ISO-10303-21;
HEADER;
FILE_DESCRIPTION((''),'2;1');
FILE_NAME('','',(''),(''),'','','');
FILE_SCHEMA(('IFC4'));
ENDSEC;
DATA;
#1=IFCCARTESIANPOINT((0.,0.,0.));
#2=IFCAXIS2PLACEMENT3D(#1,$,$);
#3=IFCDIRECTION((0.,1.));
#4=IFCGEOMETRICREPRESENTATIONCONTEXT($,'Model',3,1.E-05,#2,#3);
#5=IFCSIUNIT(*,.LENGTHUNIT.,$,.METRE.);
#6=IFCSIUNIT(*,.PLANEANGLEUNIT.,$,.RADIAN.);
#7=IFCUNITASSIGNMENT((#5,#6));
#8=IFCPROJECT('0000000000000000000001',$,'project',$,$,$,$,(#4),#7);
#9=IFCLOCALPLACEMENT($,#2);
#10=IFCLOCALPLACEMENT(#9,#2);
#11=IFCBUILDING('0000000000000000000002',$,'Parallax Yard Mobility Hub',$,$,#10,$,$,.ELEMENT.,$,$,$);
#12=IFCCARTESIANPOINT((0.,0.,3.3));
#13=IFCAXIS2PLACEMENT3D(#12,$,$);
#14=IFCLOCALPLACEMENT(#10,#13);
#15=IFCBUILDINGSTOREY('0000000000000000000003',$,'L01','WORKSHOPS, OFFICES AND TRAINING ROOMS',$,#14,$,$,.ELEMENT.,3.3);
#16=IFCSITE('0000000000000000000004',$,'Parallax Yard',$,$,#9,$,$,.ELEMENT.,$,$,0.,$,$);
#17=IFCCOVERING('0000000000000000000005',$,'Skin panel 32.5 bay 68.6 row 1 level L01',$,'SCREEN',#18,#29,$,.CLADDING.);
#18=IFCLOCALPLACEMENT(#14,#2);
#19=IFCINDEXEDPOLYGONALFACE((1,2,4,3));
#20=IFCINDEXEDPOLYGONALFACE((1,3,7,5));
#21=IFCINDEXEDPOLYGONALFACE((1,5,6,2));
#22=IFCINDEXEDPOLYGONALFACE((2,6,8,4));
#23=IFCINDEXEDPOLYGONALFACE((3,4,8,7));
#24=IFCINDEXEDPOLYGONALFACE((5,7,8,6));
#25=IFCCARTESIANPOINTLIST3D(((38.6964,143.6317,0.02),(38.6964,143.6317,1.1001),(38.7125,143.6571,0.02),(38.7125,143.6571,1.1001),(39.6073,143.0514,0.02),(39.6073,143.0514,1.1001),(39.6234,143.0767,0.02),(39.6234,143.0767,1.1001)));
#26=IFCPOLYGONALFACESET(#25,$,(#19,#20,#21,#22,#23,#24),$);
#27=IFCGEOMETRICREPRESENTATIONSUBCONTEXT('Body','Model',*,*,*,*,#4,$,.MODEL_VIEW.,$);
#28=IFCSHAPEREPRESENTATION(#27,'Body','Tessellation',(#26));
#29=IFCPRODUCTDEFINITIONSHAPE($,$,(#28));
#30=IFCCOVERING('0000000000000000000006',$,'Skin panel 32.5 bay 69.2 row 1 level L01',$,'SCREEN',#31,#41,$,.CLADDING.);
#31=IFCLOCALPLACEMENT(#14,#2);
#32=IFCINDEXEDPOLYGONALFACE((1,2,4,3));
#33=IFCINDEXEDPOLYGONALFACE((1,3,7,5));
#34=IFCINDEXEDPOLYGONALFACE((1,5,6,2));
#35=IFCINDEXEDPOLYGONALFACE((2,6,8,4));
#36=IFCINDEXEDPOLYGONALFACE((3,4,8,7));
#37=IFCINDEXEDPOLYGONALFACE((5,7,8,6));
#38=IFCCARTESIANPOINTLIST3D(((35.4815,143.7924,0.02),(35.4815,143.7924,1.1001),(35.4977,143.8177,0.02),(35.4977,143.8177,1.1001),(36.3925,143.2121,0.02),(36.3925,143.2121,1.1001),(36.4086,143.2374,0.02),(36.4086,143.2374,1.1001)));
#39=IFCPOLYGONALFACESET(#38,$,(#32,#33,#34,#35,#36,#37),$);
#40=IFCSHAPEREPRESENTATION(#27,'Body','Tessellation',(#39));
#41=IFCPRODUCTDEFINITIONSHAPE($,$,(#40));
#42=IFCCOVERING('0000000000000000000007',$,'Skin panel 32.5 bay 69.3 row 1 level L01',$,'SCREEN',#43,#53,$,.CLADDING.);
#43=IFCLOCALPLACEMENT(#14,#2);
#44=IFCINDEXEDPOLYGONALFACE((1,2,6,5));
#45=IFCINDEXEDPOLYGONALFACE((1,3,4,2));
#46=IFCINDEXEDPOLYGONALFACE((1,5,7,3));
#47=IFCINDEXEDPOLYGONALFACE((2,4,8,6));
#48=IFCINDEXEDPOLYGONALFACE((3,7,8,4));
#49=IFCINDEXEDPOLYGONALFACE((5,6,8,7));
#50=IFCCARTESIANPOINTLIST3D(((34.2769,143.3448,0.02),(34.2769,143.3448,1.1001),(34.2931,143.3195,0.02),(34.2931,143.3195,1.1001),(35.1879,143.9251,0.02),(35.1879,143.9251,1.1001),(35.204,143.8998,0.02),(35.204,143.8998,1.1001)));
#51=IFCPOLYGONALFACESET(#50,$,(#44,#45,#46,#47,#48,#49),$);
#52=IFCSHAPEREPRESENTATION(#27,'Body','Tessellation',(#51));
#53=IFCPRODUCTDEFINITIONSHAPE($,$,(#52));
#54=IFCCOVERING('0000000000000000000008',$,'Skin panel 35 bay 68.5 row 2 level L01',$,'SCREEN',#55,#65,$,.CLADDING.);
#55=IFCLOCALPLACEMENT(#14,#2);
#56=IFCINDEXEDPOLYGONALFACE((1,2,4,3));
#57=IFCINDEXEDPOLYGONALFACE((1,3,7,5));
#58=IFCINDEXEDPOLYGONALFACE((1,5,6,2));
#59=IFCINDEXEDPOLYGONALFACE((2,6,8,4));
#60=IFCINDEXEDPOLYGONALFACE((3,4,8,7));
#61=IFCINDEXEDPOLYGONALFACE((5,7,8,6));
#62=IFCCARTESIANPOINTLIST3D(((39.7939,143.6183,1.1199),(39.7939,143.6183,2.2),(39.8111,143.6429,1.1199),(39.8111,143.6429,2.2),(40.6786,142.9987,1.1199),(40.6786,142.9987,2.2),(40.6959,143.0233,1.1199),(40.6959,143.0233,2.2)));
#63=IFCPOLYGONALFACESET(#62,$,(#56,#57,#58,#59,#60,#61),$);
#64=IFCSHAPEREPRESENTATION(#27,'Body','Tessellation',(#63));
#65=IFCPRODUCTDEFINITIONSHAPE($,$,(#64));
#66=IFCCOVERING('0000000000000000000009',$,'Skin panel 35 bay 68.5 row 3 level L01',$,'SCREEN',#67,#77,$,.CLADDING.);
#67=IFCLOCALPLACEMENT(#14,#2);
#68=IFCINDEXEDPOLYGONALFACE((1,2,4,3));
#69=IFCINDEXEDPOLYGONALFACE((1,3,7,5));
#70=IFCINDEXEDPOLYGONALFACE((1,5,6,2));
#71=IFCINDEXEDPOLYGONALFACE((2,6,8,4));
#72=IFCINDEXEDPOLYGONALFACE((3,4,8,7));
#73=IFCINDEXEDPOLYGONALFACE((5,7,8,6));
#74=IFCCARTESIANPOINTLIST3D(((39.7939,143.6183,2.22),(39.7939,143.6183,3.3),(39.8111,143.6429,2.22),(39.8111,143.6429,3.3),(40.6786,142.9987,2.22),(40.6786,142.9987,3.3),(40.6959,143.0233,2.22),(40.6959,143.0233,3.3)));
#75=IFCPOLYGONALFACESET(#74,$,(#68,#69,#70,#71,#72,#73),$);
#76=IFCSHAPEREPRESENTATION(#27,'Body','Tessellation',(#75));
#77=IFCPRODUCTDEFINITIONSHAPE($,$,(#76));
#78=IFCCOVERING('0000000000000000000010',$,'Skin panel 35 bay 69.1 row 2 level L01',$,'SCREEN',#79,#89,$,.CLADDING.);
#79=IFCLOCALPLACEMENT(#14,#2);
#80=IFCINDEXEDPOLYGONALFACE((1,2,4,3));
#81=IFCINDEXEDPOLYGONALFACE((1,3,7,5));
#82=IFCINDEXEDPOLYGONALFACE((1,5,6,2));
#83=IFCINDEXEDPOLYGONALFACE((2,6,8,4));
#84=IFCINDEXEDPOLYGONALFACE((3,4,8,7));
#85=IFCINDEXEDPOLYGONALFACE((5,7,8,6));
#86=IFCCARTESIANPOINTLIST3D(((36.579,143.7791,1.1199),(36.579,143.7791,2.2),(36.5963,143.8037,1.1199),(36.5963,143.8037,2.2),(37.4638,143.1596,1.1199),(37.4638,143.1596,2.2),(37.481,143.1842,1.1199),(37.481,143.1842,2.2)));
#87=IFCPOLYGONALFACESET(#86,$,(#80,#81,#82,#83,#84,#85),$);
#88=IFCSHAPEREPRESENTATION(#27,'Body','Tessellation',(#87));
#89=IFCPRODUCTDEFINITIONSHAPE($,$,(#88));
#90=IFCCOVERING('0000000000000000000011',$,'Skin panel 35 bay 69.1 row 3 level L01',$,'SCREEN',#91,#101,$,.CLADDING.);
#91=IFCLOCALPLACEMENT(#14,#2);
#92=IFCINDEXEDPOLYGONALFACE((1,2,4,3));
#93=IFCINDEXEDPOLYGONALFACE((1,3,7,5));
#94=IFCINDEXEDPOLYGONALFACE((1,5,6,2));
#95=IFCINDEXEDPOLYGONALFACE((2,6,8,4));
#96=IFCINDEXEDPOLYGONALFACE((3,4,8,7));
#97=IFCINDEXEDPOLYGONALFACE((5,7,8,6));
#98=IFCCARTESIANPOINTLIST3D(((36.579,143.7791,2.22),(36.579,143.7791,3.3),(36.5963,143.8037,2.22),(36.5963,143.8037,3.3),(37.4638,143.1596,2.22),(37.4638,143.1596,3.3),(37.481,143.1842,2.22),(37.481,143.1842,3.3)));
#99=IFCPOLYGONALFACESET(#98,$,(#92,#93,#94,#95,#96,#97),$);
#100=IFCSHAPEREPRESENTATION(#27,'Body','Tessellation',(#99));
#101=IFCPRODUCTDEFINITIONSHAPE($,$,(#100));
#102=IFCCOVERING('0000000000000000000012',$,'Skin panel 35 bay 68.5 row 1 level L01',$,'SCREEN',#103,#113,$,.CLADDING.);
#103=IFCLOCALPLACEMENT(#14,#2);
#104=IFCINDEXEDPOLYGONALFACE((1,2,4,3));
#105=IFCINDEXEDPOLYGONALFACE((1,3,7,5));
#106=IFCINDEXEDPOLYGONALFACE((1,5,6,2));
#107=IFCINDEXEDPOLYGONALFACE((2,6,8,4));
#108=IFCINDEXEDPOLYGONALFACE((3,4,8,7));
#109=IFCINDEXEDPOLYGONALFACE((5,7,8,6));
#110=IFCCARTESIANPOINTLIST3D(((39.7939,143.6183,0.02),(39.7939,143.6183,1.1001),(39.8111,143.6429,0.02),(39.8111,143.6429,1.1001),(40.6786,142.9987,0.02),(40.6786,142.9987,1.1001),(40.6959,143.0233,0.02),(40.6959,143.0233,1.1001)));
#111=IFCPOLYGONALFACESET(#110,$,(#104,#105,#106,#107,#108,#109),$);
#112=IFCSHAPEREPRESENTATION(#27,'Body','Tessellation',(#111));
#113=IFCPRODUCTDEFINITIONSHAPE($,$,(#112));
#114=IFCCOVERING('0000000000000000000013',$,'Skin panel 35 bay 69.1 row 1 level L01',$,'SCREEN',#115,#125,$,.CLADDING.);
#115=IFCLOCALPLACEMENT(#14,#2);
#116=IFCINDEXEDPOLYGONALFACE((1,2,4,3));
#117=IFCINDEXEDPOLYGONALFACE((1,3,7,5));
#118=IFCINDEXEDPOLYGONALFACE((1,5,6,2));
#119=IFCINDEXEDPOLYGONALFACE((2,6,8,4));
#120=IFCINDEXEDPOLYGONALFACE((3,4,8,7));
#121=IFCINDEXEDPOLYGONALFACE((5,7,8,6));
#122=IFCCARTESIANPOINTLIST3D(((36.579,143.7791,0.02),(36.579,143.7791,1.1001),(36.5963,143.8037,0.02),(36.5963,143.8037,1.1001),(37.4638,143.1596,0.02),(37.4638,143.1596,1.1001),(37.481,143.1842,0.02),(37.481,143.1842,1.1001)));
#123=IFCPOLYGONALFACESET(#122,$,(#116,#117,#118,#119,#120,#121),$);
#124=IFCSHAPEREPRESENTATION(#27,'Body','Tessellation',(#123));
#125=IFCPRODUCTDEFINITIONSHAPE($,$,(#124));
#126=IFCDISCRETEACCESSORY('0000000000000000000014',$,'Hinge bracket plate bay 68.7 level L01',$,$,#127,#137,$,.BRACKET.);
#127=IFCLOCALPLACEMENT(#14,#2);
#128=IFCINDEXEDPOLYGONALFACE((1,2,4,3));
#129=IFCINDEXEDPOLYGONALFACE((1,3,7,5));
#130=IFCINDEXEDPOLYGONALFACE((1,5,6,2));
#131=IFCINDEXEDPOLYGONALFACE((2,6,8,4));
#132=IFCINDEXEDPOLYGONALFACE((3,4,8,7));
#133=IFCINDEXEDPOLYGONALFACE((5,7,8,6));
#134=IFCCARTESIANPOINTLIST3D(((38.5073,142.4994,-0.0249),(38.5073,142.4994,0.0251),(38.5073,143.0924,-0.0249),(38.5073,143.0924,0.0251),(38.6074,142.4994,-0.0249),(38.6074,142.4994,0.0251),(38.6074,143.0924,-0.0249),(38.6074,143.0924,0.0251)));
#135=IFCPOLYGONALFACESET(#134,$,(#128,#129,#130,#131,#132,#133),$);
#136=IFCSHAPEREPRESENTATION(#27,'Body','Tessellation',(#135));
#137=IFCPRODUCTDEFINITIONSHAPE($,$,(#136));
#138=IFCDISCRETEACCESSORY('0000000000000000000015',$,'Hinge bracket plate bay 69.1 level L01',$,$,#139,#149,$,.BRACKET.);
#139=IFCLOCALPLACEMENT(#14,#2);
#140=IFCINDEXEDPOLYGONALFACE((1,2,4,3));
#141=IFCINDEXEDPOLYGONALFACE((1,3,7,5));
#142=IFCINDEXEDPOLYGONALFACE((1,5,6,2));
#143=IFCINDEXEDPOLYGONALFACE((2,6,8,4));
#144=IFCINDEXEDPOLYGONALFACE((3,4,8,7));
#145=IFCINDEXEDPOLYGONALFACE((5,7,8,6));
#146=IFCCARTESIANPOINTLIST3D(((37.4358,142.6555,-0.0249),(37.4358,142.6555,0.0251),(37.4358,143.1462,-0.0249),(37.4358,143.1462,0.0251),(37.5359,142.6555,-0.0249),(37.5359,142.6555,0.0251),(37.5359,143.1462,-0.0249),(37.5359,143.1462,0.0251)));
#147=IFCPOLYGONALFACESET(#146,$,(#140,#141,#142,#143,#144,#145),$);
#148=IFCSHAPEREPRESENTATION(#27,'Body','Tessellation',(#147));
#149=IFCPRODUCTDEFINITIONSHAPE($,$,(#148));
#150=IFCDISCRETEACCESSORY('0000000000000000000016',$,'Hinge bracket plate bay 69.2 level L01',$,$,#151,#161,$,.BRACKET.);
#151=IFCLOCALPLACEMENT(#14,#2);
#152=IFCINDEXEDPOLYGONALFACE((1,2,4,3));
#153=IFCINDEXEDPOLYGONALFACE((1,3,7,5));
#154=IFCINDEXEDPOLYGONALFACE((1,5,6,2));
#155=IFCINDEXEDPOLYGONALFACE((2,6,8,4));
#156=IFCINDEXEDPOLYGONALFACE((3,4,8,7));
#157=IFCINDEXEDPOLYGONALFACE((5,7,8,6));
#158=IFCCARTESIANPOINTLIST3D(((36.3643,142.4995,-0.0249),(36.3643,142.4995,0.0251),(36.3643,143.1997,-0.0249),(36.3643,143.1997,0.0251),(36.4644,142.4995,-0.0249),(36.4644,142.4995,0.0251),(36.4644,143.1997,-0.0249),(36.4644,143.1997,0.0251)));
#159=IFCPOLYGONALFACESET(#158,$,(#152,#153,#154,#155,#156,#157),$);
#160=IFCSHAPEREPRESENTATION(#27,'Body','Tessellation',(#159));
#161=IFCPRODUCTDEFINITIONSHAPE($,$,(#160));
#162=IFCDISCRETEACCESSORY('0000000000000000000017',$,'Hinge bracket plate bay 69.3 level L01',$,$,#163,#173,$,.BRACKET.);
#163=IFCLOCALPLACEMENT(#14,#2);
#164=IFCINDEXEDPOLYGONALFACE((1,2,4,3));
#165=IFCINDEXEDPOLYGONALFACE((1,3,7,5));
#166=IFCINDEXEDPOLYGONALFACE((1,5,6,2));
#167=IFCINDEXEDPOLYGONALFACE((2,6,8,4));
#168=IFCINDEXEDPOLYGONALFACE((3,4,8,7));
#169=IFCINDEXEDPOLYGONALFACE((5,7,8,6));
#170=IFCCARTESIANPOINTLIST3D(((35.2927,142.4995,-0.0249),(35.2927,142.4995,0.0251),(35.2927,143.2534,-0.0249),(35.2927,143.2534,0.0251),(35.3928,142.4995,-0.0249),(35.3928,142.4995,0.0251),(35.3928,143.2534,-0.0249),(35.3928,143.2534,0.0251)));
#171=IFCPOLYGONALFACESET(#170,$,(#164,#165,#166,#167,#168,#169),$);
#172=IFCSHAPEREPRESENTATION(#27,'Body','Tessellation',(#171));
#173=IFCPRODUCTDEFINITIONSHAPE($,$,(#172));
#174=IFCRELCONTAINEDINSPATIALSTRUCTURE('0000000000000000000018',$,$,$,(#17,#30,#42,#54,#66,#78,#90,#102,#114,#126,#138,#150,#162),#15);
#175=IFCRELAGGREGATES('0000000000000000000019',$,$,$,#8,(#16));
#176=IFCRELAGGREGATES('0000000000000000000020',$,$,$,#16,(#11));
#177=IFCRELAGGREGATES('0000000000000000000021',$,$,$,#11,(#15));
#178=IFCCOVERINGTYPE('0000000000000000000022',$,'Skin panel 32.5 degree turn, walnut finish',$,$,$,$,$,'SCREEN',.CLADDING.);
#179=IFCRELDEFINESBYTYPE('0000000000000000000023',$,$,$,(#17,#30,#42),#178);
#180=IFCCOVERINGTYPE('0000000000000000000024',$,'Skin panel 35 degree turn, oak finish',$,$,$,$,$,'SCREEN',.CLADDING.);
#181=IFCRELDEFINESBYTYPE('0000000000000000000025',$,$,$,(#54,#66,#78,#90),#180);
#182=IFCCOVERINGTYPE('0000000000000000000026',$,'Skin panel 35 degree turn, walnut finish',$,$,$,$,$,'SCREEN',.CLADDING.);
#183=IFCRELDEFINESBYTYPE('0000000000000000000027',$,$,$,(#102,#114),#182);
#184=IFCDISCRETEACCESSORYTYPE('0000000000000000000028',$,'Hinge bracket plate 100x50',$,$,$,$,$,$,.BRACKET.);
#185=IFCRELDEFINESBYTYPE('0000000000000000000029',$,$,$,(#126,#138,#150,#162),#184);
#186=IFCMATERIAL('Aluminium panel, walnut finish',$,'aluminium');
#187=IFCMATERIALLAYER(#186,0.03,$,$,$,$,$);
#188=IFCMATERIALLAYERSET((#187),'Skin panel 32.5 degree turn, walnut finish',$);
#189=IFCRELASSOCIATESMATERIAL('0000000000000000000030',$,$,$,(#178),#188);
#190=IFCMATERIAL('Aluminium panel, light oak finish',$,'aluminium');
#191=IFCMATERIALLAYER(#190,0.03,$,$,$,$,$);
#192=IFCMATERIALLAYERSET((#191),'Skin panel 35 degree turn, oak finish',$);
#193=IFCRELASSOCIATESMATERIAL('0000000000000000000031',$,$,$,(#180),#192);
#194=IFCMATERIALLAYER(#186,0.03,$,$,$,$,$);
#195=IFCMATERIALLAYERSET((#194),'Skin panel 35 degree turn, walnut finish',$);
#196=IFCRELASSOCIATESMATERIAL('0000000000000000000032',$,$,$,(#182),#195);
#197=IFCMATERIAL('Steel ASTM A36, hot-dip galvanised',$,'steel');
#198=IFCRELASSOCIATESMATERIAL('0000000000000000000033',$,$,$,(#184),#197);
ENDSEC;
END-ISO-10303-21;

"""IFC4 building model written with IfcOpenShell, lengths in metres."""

from ifc_helpers import new_model, si_unit, direction, frame, origin, origin_2d, place, context, subcontext, project, spatial, rectangle, extrude, material, layer, layer_set, type_object, element, save


model = new_model("IFC4")

# Units and contexts
model_context = context("Model", 3, precision=1e-05, world=origin(), true_north=direction((0.0, 1.0)))
body_context = subcontext(model_context, "Body", "Model", "MODEL_VIEW")
ifc_project = project(units=[si_unit("LENGTHUNIT", "METRE"), si_unit("PLANEANGLEUNIT", "RADIAN")], contexts=[model_context])

# Site, building, storey
site_placement = place(None, origin())
site = spatial("IfcSite", under=ifc_project, at=site_placement, Name="Parallax Yard", CompositionType="ELEMENT", RefElevation=0.0)
building_placement = place(site_placement, origin())
building = spatial("IfcBuilding", under=site, at=building_placement, Name="Parallax Yard Mobility Hub", CompositionType="ELEMENT")
storey_placement = place(building_placement, frame((0.0, 0.0, 3.3)))
storey = spatial("IfcBuildingStorey", under=building, at=storey_placement, Name="L01", Description="WORKSHOPS, OFFICES AND TRAINING ROOMS", CompositionType="ELEMENT", Elevation=3.3)

# Coverings
ifc_material_1 = material(Name="Aluminium panel, light oak finish", Category="aluminium")
ifc_material_2 = material(Name="Aluminium panel, walnut finish", Category="aluminium")
ifc_layer_1 = layer(ifc_material_2, 0.03)
ifc_layer_set_1 = layer_set([ifc_layer_1], Name="Skin panel 32.5 degree turn, walnut finish")
covering_type_1 = type_object("IfcCoveringType", Name="Skin panel 32.5 degree turn, walnut finish", ElementType="SCREEN", PredefinedType="CLADDING", material=ifc_layer_set_1)
for number, where, z_axis, x_axis, name in (
    (1, (39.1599, 143.3542, 0.02), (0.0, 0.0, 1.0), (-0.843391, 0.5373, 0.0), "Skin panel 32.5 bay 68.6 row 1 level L01"),
    (2, (35.9451, 143.5149, 0.02), (0.0, 0.0, 1.0), (-0.843391, 0.5373, 0.0), "Skin panel 32.5 bay 69.2 row 1 level L01"),
    (3, (34.7405, 143.6223, 0.02), (0.0, 0.0, 1.0), (0.843391, 0.5373, 0.0), "Skin panel 32.5 bay 69.3 row 1 level L01"),
):
    element("IfcCovering", number, at=place(storey_placement, frame(where, z_axis=z_axis, x_axis=x_axis)), inside=storey, type_object=covering_type_1, Name=name, ObjectType="SCREEN", PredefinedType="CLADDING", context=body_context, shape_type="SweptSolid", body=[
        extrude(rectangle(XDim=1.0801, YDim=0.03, at=origin_2d()), origin(), (0.0, 0.0, 1.0), 1.0801),
    ])
ifc_layer_2 = layer(ifc_material_1, 0.03)
ifc_layer_set_2 = layer_set([ifc_layer_2], Name="Skin panel 35 degree turn, oak finish")
covering_type_2 = type_object("IfcCoveringType", Name="Skin panel 35 degree turn, oak finish", ElementType="SCREEN", PredefinedType="CLADDING", material=ifc_layer_set_2)
for number, where, z_axis, x_axis, name in (
    (4, (40.2449, 143.3208, 1.1199), (0.0, 0.0, 1.0), (-0.819152, 0.573576, 0.0), "Skin panel 35 bay 68.5 row 2 level L01"),
    (5, (40.2449, 143.3208, 2.22), (0.0, 0.0, 1.0), (-0.819152, 0.573576, 0.0), "Skin panel 35 bay 68.5 row 3 level L01"),
    (6, (37.03, 143.4817, 1.1199), (0.0, 0.0, 1.0), (-0.819152, 0.573576, 0.0), "Skin panel 35 bay 69.1 row 2 level L01"),
    (7, (37.03, 143.4817, 2.22), (0.0, 0.0, 1.0), (-0.819152, 0.573576, 0.0), "Skin panel 35 bay 69.1 row 3 level L01"),
):
    element("IfcCovering", number, at=place(storey_placement, frame(where, z_axis=z_axis, x_axis=x_axis)), inside=storey, type_object=covering_type_2, Name=name, ObjectType="SCREEN", PredefinedType="CLADDING", context=body_context, shape_type="SweptSolid", body=[
        extrude(rectangle(XDim=1.0801, YDim=0.03, at=origin_2d()), origin(), (0.0, 0.0, 1.0), 1.0801),
    ])
ifc_layer_3 = layer(ifc_material_2, 0.03)
ifc_layer_set_3 = layer_set([ifc_layer_3], Name="Skin panel 35 degree turn, walnut finish")
covering_type_3 = type_object("IfcCoveringType", Name="Skin panel 35 degree turn, walnut finish", ElementType="SCREEN", PredefinedType="CLADDING", material=ifc_layer_set_3)
for number, where, z_axis, x_axis, name in (
    (8, (40.2449, 143.3208, 0.02), (0.0, 0.0, 1.0), (-0.819152, 0.573576, 0.0), "Skin panel 35 bay 68.5 row 1 level L01"),
    (9, (37.03, 143.4817, 0.02), (0.0, 0.0, 1.0), (-0.819152, 0.573576, 0.0), "Skin panel 35 bay 69.1 row 1 level L01"),
):
    element("IfcCovering", number, at=place(storey_placement, frame(where, z_axis=z_axis, x_axis=x_axis)), inside=storey, type_object=covering_type_3, Name=name, ObjectType="SCREEN", PredefinedType="CLADDING", context=body_context, shape_type="SweptSolid", body=[
        extrude(rectangle(XDim=1.0801, YDim=0.03, at=origin_2d()), origin(), (0.0, 0.0, 1.0), 1.0801),
    ])

# Discrete accessories
ifc_material_3 = material(Name="Steel ASTM A36, hot-dip galvanised", Category="steel")
discrete_accessory_type_1 = type_object("IfcDiscreteAccessoryType", Name="Hinge bracket plate 100x50", PredefinedType="BRACKET", material=ifc_material_3)
discrete_accessory_1_placement = place(storey_placement, frame((38.5574, 142.7959, -0.0249), z_axis=(0.0, 0.0, 1.0), x_axis=(0.0, 1.0, 0.0)))
element("IfcDiscreteAccessory", 10, at=discrete_accessory_1_placement, inside=storey, type_object=discrete_accessory_type_1, Name="Hinge bracket plate bay 68.7 level L01", PredefinedType="BRACKET", context=body_context, shape_type="SweptSolid", body=[
    extrude(rectangle(XDim=0.593, YDim=0.1001, at=origin_2d()), origin(), (0.0, 0.0, 1.0), 0.05),
])
discrete_accessory_2_placement = place(storey_placement, frame((37.4858, 142.9009, -0.0249), z_axis=(0.0, 0.0, 1.0), x_axis=(0.0, 1.0, 0.0)))
element("IfcDiscreteAccessory", 11, at=discrete_accessory_2_placement, inside=storey, type_object=discrete_accessory_type_1, Name="Hinge bracket plate bay 69.1 level L01", PredefinedType="BRACKET", context=body_context, shape_type="SweptSolid", body=[
    extrude(rectangle(XDim=0.4907, YDim=0.1001, at=origin_2d()), origin(), (0.0, 0.0, 1.0), 0.05),
])
discrete_accessory_3_placement = place(storey_placement, frame((36.4143, 142.8496, -0.0249), z_axis=(0.0, 0.0, 1.0), x_axis=(0.0, 1.0, 0.0)))
element("IfcDiscreteAccessory", 12, at=discrete_accessory_3_placement, inside=storey, type_object=discrete_accessory_type_1, Name="Hinge bracket plate bay 69.2 level L01", PredefinedType="BRACKET", context=body_context, shape_type="SweptSolid", body=[
    extrude(rectangle(XDim=0.7002, YDim=0.1001, at=origin_2d()), origin(), (0.0, 0.0, 1.0), 0.05),
])
discrete_accessory_4_placement = place(storey_placement, frame((35.3428, 142.8765, -0.0249), z_axis=(0.0, 0.0, 1.0), x_axis=(0.0, 1.0, 0.0)))
element("IfcDiscreteAccessory", 13, at=discrete_accessory_4_placement, inside=storey, type_object=discrete_accessory_type_1, Name="Hinge bracket plate bay 69.3 level L01", PredefinedType="BRACKET", context=body_context, shape_type="SweptSolid", body=[
    extrude(rectangle(XDim=0.7539, YDim=0.1001, at=origin_2d()), origin(), (0.0, 0.0, 1.0), 0.05),
])

save(model, "model.ifc")
